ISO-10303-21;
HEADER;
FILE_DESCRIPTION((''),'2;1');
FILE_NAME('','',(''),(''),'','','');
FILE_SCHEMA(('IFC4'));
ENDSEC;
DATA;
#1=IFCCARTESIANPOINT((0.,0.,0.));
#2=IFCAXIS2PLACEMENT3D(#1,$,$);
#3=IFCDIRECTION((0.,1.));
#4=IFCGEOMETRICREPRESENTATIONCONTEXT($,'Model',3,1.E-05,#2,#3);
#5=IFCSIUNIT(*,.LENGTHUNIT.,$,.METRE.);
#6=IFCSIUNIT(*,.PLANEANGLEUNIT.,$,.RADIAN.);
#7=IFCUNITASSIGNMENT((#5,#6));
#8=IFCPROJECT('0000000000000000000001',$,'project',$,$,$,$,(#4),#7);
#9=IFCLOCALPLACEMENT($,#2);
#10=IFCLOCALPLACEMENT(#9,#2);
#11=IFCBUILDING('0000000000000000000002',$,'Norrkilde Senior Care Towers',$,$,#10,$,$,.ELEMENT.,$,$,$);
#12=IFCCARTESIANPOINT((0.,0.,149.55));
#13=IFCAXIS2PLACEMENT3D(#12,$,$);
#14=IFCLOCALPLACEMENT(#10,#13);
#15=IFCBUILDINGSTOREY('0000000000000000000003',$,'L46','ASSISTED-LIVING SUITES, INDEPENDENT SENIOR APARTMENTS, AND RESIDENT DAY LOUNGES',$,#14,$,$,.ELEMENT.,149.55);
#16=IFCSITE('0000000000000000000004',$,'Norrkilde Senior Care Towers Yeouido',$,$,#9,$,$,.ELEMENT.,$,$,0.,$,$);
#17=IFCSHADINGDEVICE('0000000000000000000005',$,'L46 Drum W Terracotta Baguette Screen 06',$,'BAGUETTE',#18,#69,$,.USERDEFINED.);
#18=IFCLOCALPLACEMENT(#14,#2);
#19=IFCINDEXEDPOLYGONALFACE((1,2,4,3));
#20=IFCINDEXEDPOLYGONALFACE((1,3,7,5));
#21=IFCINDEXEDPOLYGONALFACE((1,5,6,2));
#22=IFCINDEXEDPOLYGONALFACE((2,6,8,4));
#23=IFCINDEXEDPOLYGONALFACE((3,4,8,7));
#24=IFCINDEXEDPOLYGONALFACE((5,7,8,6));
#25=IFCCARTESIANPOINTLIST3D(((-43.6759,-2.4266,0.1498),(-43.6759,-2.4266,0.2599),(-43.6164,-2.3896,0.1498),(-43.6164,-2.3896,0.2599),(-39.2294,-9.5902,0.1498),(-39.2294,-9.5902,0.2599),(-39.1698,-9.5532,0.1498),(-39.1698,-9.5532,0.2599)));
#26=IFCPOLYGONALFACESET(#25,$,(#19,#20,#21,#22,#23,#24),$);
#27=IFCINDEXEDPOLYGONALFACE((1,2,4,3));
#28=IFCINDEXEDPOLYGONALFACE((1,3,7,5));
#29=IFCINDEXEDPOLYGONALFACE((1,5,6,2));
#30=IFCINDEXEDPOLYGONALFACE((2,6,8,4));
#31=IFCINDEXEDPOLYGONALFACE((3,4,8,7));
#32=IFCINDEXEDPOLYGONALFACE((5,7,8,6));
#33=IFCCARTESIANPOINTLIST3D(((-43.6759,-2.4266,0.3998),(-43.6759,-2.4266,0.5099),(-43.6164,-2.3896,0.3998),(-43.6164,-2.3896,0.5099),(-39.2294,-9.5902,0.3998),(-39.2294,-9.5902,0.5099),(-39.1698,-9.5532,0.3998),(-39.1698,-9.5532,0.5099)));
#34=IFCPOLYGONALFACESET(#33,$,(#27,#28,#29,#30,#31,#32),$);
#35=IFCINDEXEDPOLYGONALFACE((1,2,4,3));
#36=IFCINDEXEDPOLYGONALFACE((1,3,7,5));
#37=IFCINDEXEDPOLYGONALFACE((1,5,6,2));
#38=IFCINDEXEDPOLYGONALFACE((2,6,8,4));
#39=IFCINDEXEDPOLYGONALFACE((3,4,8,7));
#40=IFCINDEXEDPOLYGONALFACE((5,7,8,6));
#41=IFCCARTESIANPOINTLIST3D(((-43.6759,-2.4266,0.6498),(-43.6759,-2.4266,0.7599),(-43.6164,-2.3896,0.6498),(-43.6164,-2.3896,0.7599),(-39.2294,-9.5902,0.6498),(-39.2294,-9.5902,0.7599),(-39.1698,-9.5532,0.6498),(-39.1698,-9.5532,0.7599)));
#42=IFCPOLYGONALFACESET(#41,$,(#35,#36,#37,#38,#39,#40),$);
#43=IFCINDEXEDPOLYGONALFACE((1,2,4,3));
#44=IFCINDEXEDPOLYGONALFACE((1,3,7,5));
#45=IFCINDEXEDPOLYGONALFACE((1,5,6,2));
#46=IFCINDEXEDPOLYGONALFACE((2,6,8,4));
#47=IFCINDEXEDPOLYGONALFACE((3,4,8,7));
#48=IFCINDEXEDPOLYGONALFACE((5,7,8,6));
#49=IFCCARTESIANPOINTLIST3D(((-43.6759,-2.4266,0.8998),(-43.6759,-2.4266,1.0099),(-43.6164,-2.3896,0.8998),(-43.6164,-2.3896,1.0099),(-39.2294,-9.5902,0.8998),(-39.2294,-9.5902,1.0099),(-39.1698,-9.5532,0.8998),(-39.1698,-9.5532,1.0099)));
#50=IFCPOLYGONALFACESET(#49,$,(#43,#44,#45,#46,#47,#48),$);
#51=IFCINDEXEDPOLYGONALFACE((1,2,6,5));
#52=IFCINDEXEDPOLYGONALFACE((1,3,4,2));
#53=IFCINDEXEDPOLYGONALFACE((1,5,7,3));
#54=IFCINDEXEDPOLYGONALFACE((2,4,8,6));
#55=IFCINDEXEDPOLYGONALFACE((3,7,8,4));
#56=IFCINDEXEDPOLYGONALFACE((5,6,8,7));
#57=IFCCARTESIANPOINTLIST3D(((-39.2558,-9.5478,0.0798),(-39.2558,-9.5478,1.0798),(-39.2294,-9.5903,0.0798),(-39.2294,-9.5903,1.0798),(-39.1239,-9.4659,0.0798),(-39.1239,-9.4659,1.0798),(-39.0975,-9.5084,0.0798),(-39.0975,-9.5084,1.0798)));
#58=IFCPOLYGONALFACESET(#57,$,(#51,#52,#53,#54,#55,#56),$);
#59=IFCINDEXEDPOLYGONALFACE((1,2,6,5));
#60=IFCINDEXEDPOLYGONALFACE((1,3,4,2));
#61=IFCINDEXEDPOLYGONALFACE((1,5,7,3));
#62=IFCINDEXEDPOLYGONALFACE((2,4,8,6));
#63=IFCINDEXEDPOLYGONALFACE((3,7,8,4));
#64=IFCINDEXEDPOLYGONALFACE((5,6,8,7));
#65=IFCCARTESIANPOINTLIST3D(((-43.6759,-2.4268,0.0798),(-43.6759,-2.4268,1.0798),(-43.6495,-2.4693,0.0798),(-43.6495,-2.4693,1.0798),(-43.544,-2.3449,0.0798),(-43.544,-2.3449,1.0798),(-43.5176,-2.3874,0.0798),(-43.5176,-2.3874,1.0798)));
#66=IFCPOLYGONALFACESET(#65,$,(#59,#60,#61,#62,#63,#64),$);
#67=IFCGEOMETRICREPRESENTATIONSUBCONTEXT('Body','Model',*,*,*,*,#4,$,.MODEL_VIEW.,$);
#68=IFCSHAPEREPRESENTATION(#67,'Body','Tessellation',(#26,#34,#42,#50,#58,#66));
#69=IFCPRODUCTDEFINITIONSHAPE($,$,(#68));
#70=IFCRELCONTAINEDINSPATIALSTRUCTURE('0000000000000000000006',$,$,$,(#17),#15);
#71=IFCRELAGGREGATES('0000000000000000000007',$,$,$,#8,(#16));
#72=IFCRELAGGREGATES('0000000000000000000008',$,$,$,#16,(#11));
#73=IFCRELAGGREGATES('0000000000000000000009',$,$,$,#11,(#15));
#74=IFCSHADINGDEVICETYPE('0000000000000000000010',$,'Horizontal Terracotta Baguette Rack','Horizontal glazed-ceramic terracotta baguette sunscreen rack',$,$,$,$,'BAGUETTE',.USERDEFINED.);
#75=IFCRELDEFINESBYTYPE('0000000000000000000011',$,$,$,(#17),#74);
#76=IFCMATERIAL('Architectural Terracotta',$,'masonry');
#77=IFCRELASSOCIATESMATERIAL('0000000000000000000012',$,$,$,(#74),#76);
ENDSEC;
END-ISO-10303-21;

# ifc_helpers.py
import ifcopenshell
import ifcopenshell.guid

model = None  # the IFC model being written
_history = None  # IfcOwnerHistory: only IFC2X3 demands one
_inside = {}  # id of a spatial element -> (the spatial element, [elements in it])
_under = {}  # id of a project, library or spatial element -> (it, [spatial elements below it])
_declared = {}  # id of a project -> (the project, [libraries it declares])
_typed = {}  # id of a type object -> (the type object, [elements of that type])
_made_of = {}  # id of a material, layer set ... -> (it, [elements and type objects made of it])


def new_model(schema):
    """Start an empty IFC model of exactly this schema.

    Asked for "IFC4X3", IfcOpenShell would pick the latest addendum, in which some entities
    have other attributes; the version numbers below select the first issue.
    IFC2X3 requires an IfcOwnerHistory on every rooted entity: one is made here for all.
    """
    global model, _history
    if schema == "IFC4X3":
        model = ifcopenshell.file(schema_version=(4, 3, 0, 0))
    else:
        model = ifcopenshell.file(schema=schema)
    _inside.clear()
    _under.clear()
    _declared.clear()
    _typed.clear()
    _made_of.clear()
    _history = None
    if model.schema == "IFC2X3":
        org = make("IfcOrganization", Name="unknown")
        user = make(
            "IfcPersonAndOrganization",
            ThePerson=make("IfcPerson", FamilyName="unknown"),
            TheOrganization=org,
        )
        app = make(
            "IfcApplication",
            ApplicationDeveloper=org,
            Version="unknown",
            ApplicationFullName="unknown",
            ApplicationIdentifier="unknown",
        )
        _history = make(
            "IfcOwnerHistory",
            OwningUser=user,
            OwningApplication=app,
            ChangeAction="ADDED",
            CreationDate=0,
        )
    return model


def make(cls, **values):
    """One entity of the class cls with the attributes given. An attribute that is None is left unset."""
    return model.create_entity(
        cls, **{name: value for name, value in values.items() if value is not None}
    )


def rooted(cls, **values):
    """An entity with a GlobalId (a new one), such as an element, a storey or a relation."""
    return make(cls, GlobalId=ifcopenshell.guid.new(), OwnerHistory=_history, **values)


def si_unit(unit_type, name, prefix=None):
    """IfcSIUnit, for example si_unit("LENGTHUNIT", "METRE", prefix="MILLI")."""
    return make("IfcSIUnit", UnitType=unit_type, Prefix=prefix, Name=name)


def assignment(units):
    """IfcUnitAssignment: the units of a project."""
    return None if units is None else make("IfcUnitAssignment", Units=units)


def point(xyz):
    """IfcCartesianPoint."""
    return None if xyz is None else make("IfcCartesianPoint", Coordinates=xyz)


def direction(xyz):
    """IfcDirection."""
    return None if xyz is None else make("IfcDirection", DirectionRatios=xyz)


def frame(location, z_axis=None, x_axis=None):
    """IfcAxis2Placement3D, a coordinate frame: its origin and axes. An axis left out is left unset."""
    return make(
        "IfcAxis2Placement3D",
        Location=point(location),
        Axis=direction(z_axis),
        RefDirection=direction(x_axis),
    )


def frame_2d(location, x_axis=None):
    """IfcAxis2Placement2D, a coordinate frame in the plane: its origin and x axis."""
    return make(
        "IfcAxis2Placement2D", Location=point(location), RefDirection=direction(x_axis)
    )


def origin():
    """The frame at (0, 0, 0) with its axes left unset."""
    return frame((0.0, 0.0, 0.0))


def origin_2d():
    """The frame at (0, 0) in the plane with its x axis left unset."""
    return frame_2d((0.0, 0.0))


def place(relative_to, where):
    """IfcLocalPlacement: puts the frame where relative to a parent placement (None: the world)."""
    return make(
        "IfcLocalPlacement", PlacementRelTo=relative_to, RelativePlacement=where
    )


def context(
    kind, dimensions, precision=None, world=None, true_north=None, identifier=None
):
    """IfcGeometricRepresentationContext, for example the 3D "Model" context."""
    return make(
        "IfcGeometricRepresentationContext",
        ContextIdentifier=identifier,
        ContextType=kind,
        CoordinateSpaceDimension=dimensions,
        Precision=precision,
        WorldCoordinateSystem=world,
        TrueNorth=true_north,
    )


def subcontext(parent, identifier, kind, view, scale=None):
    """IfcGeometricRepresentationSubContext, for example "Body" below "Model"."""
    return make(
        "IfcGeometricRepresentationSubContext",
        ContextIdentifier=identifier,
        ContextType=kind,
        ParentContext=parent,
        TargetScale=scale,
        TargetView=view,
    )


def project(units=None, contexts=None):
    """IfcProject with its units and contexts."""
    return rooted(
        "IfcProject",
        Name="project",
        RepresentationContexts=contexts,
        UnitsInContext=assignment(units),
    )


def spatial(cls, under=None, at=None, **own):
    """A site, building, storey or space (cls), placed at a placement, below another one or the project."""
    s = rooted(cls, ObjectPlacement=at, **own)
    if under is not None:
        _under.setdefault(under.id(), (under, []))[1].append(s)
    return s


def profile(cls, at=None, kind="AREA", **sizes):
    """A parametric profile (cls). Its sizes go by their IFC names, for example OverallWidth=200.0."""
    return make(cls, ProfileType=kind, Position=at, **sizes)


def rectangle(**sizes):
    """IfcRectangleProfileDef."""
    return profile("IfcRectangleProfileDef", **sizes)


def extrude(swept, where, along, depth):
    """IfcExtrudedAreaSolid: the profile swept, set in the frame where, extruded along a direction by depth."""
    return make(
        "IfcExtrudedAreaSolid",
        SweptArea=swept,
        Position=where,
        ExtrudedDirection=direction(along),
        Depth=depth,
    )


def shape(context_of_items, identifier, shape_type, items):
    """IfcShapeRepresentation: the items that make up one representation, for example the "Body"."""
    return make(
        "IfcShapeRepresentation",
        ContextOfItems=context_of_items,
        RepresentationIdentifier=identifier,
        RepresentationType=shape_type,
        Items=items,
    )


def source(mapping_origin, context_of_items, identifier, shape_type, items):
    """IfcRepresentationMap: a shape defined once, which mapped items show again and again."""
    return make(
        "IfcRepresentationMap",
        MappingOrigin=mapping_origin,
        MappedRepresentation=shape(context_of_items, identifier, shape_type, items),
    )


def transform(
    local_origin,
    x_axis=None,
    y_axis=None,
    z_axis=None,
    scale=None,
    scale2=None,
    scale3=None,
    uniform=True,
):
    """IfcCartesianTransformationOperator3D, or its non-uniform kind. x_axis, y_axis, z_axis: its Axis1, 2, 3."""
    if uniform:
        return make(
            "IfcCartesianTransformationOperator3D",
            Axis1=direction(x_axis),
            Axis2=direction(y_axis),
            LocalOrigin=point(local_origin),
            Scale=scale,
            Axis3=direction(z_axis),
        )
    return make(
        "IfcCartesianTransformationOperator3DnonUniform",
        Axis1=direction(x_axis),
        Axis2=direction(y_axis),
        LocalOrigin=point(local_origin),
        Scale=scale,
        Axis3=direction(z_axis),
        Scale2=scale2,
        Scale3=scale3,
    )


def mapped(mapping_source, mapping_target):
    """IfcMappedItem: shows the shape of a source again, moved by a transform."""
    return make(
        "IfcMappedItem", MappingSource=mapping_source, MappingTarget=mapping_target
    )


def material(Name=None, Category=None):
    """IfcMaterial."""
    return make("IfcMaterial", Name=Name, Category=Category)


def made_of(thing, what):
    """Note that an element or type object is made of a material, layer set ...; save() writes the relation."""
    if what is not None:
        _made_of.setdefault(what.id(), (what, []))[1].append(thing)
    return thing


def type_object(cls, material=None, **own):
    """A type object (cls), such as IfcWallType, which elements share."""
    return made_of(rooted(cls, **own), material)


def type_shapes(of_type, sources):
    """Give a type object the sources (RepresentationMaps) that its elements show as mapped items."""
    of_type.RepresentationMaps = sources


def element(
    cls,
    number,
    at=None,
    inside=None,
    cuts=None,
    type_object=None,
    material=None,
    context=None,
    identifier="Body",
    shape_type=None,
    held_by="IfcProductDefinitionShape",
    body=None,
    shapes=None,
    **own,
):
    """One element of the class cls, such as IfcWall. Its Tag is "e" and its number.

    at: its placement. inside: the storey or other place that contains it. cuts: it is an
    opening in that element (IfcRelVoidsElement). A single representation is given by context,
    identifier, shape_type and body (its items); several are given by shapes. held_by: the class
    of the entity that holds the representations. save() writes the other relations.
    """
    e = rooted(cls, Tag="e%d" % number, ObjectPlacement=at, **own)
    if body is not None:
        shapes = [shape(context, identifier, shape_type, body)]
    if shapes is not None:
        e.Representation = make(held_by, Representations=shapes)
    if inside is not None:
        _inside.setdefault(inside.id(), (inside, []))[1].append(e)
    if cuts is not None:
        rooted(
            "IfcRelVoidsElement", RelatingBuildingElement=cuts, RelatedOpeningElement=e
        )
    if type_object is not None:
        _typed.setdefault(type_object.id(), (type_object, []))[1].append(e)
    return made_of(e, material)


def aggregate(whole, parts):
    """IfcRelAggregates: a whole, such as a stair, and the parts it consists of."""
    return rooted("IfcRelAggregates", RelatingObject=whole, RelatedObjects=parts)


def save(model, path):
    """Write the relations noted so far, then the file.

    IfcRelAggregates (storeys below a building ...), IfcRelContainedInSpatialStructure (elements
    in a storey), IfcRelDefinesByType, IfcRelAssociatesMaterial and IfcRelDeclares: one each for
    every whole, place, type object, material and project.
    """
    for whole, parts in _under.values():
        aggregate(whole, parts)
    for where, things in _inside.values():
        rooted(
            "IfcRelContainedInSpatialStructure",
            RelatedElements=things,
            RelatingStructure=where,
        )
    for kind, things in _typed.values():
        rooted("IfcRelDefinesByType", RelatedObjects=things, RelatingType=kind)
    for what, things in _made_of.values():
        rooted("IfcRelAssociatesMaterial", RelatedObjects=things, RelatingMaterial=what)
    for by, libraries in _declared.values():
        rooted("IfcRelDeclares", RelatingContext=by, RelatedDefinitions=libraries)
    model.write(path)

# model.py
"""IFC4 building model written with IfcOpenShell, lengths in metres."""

from ifc_helpers import new_model, si_unit, direction, frame, origin, origin_2d, place, context, subcontext, project, spatial, rectangle, extrude, source, transform, mapped, material, type_object, type_shapes, element, save


model = new_model("IFC4")

# Units and contexts
model_context = context("Model", 3, precision=1e-05, world=origin(), true_north=direction((0.0, 1.0)))
body_context = subcontext(model_context, "Body", "Model", "MODEL_VIEW")
ifc_project = project(units=[si_unit("LENGTHUNIT", "METRE"), si_unit("PLANEANGLEUNIT", "RADIAN")], contexts=[model_context])

# Site, building, storey
site_placement = place(None, origin())
site = spatial("IfcSite", under=ifc_project, at=site_placement, Name="Norrkilde Senior Care Towers Yeouido", CompositionType="ELEMENT", RefElevation=0.0)
building_placement = place(site_placement, origin())
building = spatial("IfcBuilding", under=site, at=building_placement, Name="Norrkilde Senior Care Towers", CompositionType="ELEMENT")
storey_placement = place(building_placement, frame((0.0, 0.0, 149.55)))
storey = spatial("IfcBuildingStorey", under=building, at=storey_placement, Name="L46", Description="ASSISTED-LIVING SUITES, INDEPENDENT SENIOR APARTMENTS, AND RESIDENT DAY LOUNGES", CompositionType="ELEMENT", Elevation=149.55)

# Shading device
ifc_material_1 = material(Name="Architectural Terracotta", Category="masonry")
shading_device_type = type_object("IfcShadingDeviceType", Name="Horizontal Terracotta Baguette Rack", Description="Horizontal glazed-ceramic terracotta baguette sunscreen rack", ElementType="BAGUETTE", PredefinedType="USERDEFINED", material=ifc_material_1)
shared_shape_1 = source(origin(), body_context, "Body", "SweptSolid", [
    extrude(rectangle(XDim=0.0701, YDim=0.1101, at=origin_2d()), frame((0.0, 0.0901, 0.125), z_axis=(1.0, 0.0, 0.0), x_axis=(0.0, 1.0, 0.0)), (0.0, 0.0, 1.0), 8.4314),
    extrude(rectangle(XDim=0.0701, YDim=0.1101, at=origin_2d()), frame((0.0, 0.0901, 0.375), z_axis=(1.0, 0.0, 0.0), x_axis=(0.0, 1.0, 0.0)), (0.0, 0.0, 1.0), 8.4314),
    extrude(rectangle(XDim=0.0701, YDim=0.1101, at=origin_2d()), frame((0.0, 0.0901, 0.625), z_axis=(1.0, 0.0, 0.0), x_axis=(0.0, 1.0, 0.0)), (0.0, 0.0, 1.0), 8.4314),
    extrude(rectangle(XDim=0.0701, YDim=0.1101, at=origin_2d()), frame((0.0, 0.0901, 0.875), z_axis=(1.0, 0.0, 0.0), x_axis=(0.0, 1.0, 0.0)), (0.0, 0.0, 1.0), 8.4314),
    extrude(rectangle(XDim=0.05, YDim=0.1553, at=origin_2d()), frame((0.0249, 0.0476, 0.0)), (0.0, 0.0, 1.0), 1.0),
    extrude(rectangle(XDim=0.05, YDim=0.1553, at=origin_2d()), frame((8.4062, 0.0476, 0.0)), (0.0, 0.0, 1.0), 1.0),
])
type_shapes(shading_device_type, [shared_shape_1])
shading_device_placement = place(storey_placement, frame((-39.123, -9.5242, 0.0798), z_axis=(0.0, 0.0, 1.0), x_axis=(-0.527378, 0.849631, 0.0)))
element("IfcShadingDevice", 1, at=shading_device_placement, inside=storey, type_object=shading_device_type, Name="L46 Drum W Terracotta Baguette Screen 06", ObjectType="BAGUETTE", PredefinedType="USERDEFINED", context=body_context, shape_type="MappedRepresentation", body=[
    mapped(shared_shape_1, transform((0.0, 0.0, 0.0), x_axis=(1.0, 0.0, 0.0), y_axis=(0.0, 1.0, 0.0), z_axis=(0.0, 0.0, 1.0), scale=1.0)),
])

save(model, "model.ifc")
